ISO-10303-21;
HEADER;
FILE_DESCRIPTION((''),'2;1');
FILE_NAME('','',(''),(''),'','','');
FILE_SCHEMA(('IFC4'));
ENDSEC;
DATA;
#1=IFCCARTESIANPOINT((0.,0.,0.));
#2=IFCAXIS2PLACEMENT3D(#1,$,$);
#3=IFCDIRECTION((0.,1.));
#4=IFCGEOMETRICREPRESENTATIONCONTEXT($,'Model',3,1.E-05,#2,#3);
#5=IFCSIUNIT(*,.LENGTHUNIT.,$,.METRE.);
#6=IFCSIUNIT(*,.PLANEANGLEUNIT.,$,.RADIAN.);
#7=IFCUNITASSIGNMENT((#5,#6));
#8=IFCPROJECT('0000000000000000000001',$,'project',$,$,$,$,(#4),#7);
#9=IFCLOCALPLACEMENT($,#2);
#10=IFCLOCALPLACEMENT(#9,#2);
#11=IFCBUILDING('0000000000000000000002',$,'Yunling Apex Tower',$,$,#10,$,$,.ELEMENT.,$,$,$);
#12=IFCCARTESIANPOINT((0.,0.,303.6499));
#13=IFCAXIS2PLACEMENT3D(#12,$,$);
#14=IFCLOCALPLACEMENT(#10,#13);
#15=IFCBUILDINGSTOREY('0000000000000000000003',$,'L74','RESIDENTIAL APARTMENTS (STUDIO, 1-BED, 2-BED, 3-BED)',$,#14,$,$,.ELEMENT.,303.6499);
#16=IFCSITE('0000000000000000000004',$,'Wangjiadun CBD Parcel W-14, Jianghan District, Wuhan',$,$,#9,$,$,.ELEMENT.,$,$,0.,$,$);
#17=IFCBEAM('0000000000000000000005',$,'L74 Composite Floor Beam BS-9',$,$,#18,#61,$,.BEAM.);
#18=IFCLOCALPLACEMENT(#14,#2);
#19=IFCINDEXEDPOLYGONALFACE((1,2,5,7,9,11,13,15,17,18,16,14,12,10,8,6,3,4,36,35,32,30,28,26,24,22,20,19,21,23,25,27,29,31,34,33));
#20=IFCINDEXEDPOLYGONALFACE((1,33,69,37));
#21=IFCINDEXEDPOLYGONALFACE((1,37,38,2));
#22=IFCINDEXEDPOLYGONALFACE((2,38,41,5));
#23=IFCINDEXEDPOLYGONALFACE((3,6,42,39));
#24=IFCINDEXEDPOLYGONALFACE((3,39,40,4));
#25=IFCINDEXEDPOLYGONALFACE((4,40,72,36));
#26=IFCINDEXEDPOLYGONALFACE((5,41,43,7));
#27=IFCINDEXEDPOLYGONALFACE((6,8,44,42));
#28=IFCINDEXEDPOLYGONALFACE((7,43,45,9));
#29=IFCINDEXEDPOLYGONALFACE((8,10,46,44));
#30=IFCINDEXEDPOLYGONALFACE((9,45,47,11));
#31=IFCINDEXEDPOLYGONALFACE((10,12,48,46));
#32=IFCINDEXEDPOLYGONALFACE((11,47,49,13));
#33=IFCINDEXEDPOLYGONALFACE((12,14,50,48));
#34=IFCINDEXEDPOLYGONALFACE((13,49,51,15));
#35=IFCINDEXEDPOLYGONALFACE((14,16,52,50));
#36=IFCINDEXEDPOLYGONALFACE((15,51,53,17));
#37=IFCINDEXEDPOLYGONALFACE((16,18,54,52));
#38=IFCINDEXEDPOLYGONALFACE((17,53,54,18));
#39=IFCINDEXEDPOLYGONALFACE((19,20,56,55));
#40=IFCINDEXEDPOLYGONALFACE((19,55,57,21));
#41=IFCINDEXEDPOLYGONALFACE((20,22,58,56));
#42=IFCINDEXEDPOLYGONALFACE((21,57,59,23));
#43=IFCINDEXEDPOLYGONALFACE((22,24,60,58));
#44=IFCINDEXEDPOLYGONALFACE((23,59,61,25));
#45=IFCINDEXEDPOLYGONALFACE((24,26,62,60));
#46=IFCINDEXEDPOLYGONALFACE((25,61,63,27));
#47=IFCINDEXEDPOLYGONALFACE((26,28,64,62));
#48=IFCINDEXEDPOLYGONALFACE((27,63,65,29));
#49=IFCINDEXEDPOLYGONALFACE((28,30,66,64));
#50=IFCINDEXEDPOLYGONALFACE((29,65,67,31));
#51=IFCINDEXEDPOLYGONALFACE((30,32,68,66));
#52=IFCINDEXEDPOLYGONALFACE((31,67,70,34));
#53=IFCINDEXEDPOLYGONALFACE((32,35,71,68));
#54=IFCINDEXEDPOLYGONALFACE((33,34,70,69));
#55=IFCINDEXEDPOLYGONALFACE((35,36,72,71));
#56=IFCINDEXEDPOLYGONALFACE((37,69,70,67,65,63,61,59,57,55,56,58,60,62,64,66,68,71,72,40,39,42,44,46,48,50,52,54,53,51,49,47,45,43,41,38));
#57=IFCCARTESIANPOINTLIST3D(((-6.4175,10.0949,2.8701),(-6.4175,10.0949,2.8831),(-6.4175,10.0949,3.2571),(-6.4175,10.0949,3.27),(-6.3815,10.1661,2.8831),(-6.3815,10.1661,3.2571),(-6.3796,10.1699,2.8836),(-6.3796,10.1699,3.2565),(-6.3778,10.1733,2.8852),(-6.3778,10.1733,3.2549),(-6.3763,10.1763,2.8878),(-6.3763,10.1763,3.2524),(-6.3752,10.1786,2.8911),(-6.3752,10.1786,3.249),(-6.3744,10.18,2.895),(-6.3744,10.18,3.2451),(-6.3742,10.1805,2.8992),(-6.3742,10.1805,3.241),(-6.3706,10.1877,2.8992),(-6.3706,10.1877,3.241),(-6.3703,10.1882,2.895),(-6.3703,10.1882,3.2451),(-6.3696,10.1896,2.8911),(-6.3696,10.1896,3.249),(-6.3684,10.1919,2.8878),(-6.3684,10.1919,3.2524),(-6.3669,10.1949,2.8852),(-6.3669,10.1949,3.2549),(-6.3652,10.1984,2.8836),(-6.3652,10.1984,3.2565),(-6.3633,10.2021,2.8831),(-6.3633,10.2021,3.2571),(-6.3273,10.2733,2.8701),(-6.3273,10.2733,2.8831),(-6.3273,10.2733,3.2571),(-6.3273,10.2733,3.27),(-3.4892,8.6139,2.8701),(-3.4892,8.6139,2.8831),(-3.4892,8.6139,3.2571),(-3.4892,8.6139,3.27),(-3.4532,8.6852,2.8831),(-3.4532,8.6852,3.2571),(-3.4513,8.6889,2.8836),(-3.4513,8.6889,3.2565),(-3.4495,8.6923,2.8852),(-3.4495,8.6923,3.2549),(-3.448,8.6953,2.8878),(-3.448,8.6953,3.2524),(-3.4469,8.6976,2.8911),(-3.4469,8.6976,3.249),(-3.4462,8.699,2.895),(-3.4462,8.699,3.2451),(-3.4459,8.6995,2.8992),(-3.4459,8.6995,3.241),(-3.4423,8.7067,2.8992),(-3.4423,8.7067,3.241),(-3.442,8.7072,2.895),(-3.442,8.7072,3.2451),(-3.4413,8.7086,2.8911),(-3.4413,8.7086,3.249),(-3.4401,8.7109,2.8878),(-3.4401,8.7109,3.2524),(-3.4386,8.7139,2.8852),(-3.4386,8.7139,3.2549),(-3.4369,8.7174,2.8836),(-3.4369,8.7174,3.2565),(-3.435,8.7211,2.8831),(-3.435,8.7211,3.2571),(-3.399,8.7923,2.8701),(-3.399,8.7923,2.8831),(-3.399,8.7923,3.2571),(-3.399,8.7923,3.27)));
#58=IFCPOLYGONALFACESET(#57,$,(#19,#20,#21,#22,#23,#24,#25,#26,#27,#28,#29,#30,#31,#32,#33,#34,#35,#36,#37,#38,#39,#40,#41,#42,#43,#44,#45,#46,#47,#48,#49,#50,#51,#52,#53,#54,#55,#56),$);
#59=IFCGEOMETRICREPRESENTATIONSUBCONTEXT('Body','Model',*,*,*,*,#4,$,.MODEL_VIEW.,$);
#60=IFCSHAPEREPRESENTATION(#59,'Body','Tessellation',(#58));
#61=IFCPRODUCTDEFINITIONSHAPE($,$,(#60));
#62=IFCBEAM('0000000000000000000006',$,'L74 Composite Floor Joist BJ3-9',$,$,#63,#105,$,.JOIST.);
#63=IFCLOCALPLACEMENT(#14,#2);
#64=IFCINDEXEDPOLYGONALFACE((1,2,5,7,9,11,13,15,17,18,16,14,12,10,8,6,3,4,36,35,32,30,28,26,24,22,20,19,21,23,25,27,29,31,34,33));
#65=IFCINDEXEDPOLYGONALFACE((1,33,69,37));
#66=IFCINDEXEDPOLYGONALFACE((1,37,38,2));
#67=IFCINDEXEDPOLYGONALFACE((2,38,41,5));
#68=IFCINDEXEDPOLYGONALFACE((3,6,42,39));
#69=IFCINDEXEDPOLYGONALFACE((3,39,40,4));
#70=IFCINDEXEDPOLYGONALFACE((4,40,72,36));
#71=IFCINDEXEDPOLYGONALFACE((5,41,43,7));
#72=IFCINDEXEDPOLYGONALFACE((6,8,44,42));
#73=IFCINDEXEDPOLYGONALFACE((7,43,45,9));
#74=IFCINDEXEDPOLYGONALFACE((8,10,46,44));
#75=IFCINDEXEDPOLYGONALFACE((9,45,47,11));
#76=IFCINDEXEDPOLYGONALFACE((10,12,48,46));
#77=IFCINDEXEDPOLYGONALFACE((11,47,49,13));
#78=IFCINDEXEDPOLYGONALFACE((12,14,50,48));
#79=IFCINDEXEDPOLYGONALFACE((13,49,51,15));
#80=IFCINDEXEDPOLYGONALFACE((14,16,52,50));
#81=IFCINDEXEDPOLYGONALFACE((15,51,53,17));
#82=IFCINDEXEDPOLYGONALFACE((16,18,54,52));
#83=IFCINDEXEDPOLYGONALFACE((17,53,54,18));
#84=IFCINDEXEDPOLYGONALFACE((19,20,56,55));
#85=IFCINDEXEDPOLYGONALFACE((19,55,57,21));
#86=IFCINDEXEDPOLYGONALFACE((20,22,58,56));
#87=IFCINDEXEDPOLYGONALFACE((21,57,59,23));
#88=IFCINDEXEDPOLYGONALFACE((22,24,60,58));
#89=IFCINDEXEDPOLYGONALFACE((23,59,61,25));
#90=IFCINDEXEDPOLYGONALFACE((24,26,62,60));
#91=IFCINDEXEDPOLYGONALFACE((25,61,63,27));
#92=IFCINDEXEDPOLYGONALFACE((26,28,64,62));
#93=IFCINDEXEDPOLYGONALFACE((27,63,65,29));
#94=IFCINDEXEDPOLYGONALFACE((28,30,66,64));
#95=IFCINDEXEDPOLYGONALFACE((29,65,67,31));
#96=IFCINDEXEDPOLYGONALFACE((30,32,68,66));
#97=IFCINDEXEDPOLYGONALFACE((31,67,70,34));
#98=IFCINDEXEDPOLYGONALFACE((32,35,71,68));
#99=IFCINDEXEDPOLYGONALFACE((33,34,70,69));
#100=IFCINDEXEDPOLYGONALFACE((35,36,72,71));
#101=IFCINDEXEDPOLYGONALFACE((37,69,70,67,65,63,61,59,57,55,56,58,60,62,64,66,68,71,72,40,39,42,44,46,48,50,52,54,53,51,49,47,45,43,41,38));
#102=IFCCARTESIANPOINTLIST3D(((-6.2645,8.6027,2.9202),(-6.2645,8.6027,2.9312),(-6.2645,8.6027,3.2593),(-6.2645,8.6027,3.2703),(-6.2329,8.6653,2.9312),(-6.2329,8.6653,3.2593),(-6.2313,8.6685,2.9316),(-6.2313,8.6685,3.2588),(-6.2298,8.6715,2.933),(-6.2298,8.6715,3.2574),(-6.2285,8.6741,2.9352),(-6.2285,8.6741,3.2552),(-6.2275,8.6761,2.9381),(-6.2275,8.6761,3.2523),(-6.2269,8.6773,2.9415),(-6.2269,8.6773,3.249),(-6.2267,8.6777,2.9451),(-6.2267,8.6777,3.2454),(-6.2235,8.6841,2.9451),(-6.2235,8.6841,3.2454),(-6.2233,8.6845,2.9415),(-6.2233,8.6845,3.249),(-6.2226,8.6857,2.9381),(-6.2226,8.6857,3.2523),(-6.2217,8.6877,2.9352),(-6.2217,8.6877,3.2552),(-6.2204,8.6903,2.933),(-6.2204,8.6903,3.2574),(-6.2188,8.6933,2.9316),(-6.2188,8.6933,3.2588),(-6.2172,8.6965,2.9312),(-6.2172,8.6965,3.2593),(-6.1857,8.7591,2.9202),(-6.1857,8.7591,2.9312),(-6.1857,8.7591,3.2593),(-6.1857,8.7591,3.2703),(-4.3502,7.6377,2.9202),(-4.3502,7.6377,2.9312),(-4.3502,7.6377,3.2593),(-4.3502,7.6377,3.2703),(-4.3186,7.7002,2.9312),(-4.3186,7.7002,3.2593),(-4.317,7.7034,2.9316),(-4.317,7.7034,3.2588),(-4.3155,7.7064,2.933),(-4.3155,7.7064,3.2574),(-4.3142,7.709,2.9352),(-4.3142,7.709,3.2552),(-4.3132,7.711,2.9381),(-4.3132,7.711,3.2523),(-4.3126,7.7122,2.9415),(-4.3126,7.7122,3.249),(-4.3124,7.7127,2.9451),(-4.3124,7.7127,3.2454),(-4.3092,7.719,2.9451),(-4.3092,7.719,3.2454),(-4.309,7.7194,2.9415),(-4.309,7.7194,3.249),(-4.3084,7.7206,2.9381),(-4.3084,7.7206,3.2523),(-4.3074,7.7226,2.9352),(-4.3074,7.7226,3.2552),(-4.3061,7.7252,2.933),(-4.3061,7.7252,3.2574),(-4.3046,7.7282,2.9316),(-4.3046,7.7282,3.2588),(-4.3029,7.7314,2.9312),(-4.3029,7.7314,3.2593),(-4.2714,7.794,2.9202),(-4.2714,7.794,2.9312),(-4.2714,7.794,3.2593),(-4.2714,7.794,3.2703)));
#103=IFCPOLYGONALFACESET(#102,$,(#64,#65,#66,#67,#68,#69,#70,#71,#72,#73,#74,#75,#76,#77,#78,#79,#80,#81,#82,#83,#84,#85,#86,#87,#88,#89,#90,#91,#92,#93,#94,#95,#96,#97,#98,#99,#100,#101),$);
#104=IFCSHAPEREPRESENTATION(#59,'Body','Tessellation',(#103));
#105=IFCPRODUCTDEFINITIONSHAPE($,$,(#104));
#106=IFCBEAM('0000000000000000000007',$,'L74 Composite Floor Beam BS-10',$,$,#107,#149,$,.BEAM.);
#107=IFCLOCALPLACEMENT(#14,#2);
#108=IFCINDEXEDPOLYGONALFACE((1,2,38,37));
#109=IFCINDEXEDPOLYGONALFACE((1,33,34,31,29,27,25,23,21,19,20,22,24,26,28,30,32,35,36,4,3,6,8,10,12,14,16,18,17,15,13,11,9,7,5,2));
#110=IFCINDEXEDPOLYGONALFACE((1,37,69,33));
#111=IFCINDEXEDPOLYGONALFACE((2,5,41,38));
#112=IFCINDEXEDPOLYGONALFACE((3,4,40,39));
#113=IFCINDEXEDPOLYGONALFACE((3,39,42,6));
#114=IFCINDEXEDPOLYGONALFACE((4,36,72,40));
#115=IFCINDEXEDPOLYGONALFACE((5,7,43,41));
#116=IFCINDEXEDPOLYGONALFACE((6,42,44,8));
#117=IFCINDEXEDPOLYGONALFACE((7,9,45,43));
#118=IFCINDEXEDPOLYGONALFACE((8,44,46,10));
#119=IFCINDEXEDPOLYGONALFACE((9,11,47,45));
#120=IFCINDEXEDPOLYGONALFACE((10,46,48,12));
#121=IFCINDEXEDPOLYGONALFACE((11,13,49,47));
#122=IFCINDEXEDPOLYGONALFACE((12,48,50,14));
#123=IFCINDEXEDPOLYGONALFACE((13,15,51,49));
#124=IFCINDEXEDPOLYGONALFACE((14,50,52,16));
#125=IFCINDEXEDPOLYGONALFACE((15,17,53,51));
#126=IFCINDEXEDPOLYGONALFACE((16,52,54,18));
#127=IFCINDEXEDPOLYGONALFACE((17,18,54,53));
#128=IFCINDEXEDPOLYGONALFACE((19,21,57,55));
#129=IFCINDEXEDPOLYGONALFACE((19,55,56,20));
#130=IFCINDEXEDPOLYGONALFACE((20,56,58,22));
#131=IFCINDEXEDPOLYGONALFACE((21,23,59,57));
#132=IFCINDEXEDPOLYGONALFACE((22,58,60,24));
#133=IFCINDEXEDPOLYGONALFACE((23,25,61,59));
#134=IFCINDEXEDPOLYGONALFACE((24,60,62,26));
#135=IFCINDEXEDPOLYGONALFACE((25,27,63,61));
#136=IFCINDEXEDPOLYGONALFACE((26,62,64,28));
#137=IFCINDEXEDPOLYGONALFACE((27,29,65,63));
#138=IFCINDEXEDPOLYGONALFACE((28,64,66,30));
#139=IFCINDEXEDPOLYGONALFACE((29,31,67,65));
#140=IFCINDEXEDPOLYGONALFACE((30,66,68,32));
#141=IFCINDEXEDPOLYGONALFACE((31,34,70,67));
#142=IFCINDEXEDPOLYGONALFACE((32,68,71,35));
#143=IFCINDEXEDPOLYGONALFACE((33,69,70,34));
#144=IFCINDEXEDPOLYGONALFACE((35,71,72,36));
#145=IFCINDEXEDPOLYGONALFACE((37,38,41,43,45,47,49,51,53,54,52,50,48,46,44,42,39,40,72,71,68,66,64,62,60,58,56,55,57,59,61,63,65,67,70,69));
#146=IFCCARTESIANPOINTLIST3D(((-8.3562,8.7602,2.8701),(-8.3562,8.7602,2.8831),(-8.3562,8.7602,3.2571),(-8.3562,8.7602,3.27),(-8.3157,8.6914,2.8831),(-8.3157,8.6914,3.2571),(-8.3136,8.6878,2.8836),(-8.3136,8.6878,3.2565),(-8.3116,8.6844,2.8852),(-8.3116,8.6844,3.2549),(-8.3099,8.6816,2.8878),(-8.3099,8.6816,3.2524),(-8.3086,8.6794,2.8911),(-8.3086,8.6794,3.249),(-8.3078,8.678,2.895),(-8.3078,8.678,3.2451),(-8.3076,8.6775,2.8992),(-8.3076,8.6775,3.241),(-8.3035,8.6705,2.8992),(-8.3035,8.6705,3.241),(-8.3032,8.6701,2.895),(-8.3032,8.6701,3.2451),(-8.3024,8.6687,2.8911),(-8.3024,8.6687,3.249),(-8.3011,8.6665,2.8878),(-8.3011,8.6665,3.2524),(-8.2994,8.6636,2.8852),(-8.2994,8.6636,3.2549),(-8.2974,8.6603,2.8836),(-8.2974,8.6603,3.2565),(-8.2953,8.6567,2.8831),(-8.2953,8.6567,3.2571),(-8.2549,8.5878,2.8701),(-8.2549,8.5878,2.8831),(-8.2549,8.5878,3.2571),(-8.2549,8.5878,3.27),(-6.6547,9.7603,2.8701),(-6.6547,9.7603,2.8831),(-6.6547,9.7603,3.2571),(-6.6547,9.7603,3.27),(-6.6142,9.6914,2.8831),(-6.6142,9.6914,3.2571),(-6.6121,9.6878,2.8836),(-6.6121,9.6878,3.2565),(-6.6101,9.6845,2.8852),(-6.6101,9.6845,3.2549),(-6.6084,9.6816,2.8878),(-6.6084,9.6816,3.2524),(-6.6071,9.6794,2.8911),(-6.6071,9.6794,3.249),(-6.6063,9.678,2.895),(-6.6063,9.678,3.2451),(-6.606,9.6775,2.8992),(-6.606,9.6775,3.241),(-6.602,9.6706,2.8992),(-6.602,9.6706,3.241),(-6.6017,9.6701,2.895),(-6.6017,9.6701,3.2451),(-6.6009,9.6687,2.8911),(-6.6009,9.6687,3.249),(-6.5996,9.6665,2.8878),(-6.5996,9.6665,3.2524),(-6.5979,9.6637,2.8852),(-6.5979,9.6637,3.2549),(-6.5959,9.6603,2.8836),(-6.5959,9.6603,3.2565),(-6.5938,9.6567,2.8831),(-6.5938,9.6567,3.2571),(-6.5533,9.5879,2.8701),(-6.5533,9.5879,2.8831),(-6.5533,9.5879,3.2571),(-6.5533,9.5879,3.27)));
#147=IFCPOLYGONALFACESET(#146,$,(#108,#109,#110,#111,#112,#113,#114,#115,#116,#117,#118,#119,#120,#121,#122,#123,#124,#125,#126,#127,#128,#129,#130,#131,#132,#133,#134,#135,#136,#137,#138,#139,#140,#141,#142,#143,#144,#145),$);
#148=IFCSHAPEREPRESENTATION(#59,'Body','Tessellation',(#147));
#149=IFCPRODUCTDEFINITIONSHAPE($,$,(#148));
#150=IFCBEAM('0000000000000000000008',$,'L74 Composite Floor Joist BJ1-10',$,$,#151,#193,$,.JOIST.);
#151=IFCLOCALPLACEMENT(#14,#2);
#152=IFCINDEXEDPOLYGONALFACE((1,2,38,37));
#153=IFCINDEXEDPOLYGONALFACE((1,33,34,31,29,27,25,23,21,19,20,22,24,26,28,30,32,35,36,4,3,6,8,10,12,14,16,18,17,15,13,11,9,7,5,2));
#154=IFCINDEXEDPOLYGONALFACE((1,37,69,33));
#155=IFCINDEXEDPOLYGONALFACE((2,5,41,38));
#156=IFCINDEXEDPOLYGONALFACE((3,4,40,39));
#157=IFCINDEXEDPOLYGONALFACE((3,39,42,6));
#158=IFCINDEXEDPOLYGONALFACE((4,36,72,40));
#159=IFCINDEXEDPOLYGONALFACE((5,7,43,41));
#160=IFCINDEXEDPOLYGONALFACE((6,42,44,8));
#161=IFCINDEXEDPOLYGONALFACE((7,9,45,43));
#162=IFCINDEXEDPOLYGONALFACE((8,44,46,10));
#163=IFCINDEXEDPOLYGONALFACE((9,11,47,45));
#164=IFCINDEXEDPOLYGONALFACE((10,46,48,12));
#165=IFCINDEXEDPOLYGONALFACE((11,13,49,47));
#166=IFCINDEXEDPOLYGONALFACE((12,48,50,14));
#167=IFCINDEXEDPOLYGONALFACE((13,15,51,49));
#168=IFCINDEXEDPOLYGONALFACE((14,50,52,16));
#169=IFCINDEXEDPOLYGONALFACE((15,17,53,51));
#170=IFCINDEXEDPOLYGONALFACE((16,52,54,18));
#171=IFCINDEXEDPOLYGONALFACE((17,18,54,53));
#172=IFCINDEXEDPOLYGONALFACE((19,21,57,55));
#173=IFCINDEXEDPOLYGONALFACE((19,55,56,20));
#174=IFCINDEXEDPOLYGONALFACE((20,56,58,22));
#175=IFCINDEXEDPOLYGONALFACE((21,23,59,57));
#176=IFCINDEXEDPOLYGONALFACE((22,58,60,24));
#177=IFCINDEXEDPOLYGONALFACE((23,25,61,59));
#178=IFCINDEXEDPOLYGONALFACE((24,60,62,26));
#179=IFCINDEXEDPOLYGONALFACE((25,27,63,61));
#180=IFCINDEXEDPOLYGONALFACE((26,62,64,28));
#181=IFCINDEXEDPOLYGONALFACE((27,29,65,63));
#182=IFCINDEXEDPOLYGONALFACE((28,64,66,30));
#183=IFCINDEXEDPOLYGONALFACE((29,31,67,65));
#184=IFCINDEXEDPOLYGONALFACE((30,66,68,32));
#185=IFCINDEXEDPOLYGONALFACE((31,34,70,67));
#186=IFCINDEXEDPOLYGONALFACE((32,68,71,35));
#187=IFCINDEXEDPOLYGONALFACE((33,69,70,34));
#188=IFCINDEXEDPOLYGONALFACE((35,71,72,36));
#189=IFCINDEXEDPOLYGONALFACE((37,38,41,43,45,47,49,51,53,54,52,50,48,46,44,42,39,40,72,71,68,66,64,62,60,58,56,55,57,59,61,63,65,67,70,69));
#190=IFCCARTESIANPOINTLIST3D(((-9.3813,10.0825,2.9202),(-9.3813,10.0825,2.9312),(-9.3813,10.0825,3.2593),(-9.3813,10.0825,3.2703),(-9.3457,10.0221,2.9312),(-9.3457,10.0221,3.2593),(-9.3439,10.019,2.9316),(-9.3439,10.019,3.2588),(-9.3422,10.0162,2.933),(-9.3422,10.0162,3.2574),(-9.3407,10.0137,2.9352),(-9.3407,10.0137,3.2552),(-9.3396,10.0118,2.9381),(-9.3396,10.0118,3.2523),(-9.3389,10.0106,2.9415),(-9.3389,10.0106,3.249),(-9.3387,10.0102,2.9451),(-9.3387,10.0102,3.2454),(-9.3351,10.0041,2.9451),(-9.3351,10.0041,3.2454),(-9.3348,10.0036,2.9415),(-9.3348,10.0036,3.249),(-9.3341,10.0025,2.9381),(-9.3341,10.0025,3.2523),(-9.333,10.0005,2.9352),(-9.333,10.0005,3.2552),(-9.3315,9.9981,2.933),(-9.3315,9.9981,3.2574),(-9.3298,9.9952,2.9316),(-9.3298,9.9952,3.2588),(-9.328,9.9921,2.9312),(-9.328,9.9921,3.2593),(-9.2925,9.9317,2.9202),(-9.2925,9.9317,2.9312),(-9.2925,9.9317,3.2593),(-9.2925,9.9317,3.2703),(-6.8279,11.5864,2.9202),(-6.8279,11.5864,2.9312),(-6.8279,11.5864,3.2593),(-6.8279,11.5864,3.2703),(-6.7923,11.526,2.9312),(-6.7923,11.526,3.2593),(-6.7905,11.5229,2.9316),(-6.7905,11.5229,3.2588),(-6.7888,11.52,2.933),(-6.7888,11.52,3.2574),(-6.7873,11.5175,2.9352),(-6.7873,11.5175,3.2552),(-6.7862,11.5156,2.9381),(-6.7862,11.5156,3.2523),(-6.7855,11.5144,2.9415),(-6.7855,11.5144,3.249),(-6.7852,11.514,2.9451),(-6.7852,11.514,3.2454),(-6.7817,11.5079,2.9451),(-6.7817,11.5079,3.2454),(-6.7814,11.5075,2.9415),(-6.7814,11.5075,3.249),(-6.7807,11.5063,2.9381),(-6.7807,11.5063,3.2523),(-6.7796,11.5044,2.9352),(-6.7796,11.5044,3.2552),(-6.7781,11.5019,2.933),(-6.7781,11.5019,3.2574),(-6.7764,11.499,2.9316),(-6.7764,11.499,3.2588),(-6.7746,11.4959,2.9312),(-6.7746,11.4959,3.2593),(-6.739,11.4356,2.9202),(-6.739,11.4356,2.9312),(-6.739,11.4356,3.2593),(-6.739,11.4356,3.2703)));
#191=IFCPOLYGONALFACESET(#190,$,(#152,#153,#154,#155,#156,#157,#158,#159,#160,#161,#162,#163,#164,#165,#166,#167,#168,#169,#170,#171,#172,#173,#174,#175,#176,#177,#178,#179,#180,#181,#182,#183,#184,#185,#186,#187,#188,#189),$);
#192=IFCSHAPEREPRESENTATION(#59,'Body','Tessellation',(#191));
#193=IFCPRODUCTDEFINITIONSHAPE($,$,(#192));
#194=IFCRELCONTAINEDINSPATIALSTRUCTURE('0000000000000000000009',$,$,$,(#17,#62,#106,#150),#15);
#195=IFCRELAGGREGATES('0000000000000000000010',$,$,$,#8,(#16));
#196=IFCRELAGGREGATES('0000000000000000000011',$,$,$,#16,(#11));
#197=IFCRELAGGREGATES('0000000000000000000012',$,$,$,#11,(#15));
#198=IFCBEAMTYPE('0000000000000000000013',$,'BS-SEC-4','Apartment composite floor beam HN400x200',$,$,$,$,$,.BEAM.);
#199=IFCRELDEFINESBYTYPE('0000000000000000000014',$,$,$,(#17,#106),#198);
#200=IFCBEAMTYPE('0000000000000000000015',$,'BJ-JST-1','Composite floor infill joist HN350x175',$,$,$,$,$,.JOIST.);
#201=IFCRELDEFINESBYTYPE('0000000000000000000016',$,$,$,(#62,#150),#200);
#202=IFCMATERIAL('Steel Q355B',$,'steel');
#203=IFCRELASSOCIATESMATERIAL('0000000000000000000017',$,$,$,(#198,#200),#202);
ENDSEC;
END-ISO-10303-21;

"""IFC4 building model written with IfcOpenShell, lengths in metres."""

from ifc_helpers import new_model, si_unit, direction, frame, origin, origin_2d, place, context, subcontext, project, spatial, i_section, extrude, source, transform, mapped, material, material_profile, profile_set, type_object, element, save


model = new_model("IFC4")

# Units and contexts
model_context = context("Model", 3, precision=1e-05, world=origin(), true_north=direction((0.0, 1.0)))
body_context = subcontext(model_context, "Body", "Model", "MODEL_VIEW")
ifc_project = project(units=[si_unit("LENGTHUNIT", "METRE"), si_unit("PLANEANGLEUNIT", "RADIAN")], contexts=[model_context])

# Site, building, storey
site_placement = place(None, origin())
site = spatial("IfcSite", under=ifc_project, at=site_placement, Name="Wangjiadun CBD Parcel W-14, Jianghan District, Wuhan", CompositionType="ELEMENT", RefElevation=0.0)
building_placement = place(site_placement, origin())
building = spatial("IfcBuilding", under=site, at=building_placement, Name="Yunling Apex Tower", CompositionType="ELEMENT")
storey_placement = place(building_placement, frame((0.0, 0.0, 303.6499)))
storey = spatial("IfcBuildingStorey", under=building, at=storey_placement, Name="L74", Description="RESIDENTIAL APARTMENTS (STUDIO, 1-BED, 2-BED, 3-BED)", CompositionType="ELEMENT", Elevation=303.6499)

# Shared definitions
ifc_material_1 = material(Name="Steel Q355B", Category="steel")

# Beams
ifc_material_profile_1 = material_profile(ifc_material_1, i_section(OverallWidth=0.2, OverallDepth=0.3999, WebThickness=0.0081, FlangeThickness=0.0129, FilletRadius=0.0161, at=origin_2d()))
ifc_profile_set_1 = profile_set([ifc_material_profile_1], Name="Steel Q355B")
beam_type_1 = type_object("IfcBeamType", Name="BS-SEC-4", Description="Apartment composite floor beam HN400x200", PredefinedType="BEAM", material=ifc_profile_set_1)
shared_shape_1 = source(origin(), body_context, "Body", "SweptSolid", [
    extrude(i_section(OverallWidth=0.2, OverallDepth=0.3999, WebThickness=0.0081, FlangeThickness=0.0129, FilletRadius=0.0161, at=origin_2d()), origin(), (0.0, 0.0, 1.0), 3.2815),
])
beam_1_placement = place(storey_placement, frame((-3.4441, 8.7031, 3.0701), z_axis=(-0.892364, 0.451316, 0.0), x_axis=(-0.451316, -0.892364, 0.0)))
element("IfcBeam", 1, at=beam_1_placement, inside=storey, type_object=beam_type_1, Name="L74 Composite Floor Beam BS-9", PredefinedType="BEAM", context=body_context, shape_type="MappedRepresentation", body=[
    mapped(shared_shape_1, transform((0.0, 0.0, 0.0), scale=1.0)),
])
ifc_material_profile_2 = material_profile(ifc_material_1, i_section(OverallWidth=0.175, OverallDepth=0.3501, WebThickness=0.0071, FlangeThickness=0.011, FilletRadius=0.0139, at=origin_2d()))
ifc_profile_set_2 = profile_set([ifc_material_profile_2], Name="Steel Q355B")
beam_type_2 = type_object("IfcBeamType", Name="BJ-JST-1", Description="Composite floor infill joist HN350x175", PredefinedType="JOIST", material=ifc_profile_set_2)
shared_shape_2 = source(origin(), body_context, "Body", "SweptSolid", [
    extrude(i_section(OverallWidth=0.175, OverallDepth=0.3501, WebThickness=0.0071, FlangeThickness=0.011, FilletRadius=0.0139, at=origin_2d()), origin(), (0.0, 0.0, 1.0), 2.1438),
])
beam_2_placement = place(storey_placement, frame((-4.3108, 7.7158, 3.0952), z_axis=(-0.892942, 0.450172, 0.0), x_axis=(-0.450172, -0.892942, 0.0)))
element("IfcBeam", 2, at=beam_2_placement, inside=storey, type_object=beam_type_2, Name="L74 Composite Floor Joist BJ3-9", PredefinedType="JOIST", context=body_context, shape_type="MappedRepresentation", body=[
    mapped(shared_shape_2, transform((0.0, 0.0, 0.0), scale=1.0)),
])
shared_shape_3 = source(origin(), body_context, "Body", "SweptSolid", [
    extrude(i_section(OverallWidth=0.2, OverallDepth=0.3999, WebThickness=0.0081, FlangeThickness=0.0129, FilletRadius=0.0161, at=origin_2d()), origin(), (0.0, 0.0, 1.0), 1.9736),
])
beam_3_placement = place(storey_placement, frame((-6.604, 9.6741, 3.0701), z_axis=(-0.862119, -0.506707, 0.0), x_axis=(0.506707, -0.862119, 0.0)))
element("IfcBeam", 3, at=beam_3_placement, inside=storey, type_object=beam_type_1, Name="L74 Composite Floor Beam BS-10", PredefinedType="BEAM", context=body_context, shape_type="MappedRepresentation", body=[
    mapped(shared_shape_3, transform((0.0, 0.0, 0.0), scale=1.0)),
])
shared_shape_4 = source(origin(), body_context, "Body", "SweptSolid", [
    extrude(i_section(OverallWidth=0.175, OverallDepth=0.3501, WebThickness=0.0071, FlangeThickness=0.011, FilletRadius=0.0139, at=origin_2d()), origin(), (0.0, 0.0, 1.0), 2.9634),
])
beam_4_placement = place(storey_placement, frame((-6.7834, 11.511, 3.0952), z_axis=(-0.861659, -0.507488, 0.0), x_axis=(0.507488, -0.861659, 0.0)))
element("IfcBeam", 4, at=beam_4_placement, inside=storey, type_object=beam_type_2, Name="L74 Composite Floor Joist BJ1-10", PredefinedType="JOIST", context=body_context, shape_type="MappedRepresentation", body=[
    mapped(shared_shape_4, transform((0.0, 0.0, 0.0), scale=1.0)),
])

save(model, "model.ifc")
